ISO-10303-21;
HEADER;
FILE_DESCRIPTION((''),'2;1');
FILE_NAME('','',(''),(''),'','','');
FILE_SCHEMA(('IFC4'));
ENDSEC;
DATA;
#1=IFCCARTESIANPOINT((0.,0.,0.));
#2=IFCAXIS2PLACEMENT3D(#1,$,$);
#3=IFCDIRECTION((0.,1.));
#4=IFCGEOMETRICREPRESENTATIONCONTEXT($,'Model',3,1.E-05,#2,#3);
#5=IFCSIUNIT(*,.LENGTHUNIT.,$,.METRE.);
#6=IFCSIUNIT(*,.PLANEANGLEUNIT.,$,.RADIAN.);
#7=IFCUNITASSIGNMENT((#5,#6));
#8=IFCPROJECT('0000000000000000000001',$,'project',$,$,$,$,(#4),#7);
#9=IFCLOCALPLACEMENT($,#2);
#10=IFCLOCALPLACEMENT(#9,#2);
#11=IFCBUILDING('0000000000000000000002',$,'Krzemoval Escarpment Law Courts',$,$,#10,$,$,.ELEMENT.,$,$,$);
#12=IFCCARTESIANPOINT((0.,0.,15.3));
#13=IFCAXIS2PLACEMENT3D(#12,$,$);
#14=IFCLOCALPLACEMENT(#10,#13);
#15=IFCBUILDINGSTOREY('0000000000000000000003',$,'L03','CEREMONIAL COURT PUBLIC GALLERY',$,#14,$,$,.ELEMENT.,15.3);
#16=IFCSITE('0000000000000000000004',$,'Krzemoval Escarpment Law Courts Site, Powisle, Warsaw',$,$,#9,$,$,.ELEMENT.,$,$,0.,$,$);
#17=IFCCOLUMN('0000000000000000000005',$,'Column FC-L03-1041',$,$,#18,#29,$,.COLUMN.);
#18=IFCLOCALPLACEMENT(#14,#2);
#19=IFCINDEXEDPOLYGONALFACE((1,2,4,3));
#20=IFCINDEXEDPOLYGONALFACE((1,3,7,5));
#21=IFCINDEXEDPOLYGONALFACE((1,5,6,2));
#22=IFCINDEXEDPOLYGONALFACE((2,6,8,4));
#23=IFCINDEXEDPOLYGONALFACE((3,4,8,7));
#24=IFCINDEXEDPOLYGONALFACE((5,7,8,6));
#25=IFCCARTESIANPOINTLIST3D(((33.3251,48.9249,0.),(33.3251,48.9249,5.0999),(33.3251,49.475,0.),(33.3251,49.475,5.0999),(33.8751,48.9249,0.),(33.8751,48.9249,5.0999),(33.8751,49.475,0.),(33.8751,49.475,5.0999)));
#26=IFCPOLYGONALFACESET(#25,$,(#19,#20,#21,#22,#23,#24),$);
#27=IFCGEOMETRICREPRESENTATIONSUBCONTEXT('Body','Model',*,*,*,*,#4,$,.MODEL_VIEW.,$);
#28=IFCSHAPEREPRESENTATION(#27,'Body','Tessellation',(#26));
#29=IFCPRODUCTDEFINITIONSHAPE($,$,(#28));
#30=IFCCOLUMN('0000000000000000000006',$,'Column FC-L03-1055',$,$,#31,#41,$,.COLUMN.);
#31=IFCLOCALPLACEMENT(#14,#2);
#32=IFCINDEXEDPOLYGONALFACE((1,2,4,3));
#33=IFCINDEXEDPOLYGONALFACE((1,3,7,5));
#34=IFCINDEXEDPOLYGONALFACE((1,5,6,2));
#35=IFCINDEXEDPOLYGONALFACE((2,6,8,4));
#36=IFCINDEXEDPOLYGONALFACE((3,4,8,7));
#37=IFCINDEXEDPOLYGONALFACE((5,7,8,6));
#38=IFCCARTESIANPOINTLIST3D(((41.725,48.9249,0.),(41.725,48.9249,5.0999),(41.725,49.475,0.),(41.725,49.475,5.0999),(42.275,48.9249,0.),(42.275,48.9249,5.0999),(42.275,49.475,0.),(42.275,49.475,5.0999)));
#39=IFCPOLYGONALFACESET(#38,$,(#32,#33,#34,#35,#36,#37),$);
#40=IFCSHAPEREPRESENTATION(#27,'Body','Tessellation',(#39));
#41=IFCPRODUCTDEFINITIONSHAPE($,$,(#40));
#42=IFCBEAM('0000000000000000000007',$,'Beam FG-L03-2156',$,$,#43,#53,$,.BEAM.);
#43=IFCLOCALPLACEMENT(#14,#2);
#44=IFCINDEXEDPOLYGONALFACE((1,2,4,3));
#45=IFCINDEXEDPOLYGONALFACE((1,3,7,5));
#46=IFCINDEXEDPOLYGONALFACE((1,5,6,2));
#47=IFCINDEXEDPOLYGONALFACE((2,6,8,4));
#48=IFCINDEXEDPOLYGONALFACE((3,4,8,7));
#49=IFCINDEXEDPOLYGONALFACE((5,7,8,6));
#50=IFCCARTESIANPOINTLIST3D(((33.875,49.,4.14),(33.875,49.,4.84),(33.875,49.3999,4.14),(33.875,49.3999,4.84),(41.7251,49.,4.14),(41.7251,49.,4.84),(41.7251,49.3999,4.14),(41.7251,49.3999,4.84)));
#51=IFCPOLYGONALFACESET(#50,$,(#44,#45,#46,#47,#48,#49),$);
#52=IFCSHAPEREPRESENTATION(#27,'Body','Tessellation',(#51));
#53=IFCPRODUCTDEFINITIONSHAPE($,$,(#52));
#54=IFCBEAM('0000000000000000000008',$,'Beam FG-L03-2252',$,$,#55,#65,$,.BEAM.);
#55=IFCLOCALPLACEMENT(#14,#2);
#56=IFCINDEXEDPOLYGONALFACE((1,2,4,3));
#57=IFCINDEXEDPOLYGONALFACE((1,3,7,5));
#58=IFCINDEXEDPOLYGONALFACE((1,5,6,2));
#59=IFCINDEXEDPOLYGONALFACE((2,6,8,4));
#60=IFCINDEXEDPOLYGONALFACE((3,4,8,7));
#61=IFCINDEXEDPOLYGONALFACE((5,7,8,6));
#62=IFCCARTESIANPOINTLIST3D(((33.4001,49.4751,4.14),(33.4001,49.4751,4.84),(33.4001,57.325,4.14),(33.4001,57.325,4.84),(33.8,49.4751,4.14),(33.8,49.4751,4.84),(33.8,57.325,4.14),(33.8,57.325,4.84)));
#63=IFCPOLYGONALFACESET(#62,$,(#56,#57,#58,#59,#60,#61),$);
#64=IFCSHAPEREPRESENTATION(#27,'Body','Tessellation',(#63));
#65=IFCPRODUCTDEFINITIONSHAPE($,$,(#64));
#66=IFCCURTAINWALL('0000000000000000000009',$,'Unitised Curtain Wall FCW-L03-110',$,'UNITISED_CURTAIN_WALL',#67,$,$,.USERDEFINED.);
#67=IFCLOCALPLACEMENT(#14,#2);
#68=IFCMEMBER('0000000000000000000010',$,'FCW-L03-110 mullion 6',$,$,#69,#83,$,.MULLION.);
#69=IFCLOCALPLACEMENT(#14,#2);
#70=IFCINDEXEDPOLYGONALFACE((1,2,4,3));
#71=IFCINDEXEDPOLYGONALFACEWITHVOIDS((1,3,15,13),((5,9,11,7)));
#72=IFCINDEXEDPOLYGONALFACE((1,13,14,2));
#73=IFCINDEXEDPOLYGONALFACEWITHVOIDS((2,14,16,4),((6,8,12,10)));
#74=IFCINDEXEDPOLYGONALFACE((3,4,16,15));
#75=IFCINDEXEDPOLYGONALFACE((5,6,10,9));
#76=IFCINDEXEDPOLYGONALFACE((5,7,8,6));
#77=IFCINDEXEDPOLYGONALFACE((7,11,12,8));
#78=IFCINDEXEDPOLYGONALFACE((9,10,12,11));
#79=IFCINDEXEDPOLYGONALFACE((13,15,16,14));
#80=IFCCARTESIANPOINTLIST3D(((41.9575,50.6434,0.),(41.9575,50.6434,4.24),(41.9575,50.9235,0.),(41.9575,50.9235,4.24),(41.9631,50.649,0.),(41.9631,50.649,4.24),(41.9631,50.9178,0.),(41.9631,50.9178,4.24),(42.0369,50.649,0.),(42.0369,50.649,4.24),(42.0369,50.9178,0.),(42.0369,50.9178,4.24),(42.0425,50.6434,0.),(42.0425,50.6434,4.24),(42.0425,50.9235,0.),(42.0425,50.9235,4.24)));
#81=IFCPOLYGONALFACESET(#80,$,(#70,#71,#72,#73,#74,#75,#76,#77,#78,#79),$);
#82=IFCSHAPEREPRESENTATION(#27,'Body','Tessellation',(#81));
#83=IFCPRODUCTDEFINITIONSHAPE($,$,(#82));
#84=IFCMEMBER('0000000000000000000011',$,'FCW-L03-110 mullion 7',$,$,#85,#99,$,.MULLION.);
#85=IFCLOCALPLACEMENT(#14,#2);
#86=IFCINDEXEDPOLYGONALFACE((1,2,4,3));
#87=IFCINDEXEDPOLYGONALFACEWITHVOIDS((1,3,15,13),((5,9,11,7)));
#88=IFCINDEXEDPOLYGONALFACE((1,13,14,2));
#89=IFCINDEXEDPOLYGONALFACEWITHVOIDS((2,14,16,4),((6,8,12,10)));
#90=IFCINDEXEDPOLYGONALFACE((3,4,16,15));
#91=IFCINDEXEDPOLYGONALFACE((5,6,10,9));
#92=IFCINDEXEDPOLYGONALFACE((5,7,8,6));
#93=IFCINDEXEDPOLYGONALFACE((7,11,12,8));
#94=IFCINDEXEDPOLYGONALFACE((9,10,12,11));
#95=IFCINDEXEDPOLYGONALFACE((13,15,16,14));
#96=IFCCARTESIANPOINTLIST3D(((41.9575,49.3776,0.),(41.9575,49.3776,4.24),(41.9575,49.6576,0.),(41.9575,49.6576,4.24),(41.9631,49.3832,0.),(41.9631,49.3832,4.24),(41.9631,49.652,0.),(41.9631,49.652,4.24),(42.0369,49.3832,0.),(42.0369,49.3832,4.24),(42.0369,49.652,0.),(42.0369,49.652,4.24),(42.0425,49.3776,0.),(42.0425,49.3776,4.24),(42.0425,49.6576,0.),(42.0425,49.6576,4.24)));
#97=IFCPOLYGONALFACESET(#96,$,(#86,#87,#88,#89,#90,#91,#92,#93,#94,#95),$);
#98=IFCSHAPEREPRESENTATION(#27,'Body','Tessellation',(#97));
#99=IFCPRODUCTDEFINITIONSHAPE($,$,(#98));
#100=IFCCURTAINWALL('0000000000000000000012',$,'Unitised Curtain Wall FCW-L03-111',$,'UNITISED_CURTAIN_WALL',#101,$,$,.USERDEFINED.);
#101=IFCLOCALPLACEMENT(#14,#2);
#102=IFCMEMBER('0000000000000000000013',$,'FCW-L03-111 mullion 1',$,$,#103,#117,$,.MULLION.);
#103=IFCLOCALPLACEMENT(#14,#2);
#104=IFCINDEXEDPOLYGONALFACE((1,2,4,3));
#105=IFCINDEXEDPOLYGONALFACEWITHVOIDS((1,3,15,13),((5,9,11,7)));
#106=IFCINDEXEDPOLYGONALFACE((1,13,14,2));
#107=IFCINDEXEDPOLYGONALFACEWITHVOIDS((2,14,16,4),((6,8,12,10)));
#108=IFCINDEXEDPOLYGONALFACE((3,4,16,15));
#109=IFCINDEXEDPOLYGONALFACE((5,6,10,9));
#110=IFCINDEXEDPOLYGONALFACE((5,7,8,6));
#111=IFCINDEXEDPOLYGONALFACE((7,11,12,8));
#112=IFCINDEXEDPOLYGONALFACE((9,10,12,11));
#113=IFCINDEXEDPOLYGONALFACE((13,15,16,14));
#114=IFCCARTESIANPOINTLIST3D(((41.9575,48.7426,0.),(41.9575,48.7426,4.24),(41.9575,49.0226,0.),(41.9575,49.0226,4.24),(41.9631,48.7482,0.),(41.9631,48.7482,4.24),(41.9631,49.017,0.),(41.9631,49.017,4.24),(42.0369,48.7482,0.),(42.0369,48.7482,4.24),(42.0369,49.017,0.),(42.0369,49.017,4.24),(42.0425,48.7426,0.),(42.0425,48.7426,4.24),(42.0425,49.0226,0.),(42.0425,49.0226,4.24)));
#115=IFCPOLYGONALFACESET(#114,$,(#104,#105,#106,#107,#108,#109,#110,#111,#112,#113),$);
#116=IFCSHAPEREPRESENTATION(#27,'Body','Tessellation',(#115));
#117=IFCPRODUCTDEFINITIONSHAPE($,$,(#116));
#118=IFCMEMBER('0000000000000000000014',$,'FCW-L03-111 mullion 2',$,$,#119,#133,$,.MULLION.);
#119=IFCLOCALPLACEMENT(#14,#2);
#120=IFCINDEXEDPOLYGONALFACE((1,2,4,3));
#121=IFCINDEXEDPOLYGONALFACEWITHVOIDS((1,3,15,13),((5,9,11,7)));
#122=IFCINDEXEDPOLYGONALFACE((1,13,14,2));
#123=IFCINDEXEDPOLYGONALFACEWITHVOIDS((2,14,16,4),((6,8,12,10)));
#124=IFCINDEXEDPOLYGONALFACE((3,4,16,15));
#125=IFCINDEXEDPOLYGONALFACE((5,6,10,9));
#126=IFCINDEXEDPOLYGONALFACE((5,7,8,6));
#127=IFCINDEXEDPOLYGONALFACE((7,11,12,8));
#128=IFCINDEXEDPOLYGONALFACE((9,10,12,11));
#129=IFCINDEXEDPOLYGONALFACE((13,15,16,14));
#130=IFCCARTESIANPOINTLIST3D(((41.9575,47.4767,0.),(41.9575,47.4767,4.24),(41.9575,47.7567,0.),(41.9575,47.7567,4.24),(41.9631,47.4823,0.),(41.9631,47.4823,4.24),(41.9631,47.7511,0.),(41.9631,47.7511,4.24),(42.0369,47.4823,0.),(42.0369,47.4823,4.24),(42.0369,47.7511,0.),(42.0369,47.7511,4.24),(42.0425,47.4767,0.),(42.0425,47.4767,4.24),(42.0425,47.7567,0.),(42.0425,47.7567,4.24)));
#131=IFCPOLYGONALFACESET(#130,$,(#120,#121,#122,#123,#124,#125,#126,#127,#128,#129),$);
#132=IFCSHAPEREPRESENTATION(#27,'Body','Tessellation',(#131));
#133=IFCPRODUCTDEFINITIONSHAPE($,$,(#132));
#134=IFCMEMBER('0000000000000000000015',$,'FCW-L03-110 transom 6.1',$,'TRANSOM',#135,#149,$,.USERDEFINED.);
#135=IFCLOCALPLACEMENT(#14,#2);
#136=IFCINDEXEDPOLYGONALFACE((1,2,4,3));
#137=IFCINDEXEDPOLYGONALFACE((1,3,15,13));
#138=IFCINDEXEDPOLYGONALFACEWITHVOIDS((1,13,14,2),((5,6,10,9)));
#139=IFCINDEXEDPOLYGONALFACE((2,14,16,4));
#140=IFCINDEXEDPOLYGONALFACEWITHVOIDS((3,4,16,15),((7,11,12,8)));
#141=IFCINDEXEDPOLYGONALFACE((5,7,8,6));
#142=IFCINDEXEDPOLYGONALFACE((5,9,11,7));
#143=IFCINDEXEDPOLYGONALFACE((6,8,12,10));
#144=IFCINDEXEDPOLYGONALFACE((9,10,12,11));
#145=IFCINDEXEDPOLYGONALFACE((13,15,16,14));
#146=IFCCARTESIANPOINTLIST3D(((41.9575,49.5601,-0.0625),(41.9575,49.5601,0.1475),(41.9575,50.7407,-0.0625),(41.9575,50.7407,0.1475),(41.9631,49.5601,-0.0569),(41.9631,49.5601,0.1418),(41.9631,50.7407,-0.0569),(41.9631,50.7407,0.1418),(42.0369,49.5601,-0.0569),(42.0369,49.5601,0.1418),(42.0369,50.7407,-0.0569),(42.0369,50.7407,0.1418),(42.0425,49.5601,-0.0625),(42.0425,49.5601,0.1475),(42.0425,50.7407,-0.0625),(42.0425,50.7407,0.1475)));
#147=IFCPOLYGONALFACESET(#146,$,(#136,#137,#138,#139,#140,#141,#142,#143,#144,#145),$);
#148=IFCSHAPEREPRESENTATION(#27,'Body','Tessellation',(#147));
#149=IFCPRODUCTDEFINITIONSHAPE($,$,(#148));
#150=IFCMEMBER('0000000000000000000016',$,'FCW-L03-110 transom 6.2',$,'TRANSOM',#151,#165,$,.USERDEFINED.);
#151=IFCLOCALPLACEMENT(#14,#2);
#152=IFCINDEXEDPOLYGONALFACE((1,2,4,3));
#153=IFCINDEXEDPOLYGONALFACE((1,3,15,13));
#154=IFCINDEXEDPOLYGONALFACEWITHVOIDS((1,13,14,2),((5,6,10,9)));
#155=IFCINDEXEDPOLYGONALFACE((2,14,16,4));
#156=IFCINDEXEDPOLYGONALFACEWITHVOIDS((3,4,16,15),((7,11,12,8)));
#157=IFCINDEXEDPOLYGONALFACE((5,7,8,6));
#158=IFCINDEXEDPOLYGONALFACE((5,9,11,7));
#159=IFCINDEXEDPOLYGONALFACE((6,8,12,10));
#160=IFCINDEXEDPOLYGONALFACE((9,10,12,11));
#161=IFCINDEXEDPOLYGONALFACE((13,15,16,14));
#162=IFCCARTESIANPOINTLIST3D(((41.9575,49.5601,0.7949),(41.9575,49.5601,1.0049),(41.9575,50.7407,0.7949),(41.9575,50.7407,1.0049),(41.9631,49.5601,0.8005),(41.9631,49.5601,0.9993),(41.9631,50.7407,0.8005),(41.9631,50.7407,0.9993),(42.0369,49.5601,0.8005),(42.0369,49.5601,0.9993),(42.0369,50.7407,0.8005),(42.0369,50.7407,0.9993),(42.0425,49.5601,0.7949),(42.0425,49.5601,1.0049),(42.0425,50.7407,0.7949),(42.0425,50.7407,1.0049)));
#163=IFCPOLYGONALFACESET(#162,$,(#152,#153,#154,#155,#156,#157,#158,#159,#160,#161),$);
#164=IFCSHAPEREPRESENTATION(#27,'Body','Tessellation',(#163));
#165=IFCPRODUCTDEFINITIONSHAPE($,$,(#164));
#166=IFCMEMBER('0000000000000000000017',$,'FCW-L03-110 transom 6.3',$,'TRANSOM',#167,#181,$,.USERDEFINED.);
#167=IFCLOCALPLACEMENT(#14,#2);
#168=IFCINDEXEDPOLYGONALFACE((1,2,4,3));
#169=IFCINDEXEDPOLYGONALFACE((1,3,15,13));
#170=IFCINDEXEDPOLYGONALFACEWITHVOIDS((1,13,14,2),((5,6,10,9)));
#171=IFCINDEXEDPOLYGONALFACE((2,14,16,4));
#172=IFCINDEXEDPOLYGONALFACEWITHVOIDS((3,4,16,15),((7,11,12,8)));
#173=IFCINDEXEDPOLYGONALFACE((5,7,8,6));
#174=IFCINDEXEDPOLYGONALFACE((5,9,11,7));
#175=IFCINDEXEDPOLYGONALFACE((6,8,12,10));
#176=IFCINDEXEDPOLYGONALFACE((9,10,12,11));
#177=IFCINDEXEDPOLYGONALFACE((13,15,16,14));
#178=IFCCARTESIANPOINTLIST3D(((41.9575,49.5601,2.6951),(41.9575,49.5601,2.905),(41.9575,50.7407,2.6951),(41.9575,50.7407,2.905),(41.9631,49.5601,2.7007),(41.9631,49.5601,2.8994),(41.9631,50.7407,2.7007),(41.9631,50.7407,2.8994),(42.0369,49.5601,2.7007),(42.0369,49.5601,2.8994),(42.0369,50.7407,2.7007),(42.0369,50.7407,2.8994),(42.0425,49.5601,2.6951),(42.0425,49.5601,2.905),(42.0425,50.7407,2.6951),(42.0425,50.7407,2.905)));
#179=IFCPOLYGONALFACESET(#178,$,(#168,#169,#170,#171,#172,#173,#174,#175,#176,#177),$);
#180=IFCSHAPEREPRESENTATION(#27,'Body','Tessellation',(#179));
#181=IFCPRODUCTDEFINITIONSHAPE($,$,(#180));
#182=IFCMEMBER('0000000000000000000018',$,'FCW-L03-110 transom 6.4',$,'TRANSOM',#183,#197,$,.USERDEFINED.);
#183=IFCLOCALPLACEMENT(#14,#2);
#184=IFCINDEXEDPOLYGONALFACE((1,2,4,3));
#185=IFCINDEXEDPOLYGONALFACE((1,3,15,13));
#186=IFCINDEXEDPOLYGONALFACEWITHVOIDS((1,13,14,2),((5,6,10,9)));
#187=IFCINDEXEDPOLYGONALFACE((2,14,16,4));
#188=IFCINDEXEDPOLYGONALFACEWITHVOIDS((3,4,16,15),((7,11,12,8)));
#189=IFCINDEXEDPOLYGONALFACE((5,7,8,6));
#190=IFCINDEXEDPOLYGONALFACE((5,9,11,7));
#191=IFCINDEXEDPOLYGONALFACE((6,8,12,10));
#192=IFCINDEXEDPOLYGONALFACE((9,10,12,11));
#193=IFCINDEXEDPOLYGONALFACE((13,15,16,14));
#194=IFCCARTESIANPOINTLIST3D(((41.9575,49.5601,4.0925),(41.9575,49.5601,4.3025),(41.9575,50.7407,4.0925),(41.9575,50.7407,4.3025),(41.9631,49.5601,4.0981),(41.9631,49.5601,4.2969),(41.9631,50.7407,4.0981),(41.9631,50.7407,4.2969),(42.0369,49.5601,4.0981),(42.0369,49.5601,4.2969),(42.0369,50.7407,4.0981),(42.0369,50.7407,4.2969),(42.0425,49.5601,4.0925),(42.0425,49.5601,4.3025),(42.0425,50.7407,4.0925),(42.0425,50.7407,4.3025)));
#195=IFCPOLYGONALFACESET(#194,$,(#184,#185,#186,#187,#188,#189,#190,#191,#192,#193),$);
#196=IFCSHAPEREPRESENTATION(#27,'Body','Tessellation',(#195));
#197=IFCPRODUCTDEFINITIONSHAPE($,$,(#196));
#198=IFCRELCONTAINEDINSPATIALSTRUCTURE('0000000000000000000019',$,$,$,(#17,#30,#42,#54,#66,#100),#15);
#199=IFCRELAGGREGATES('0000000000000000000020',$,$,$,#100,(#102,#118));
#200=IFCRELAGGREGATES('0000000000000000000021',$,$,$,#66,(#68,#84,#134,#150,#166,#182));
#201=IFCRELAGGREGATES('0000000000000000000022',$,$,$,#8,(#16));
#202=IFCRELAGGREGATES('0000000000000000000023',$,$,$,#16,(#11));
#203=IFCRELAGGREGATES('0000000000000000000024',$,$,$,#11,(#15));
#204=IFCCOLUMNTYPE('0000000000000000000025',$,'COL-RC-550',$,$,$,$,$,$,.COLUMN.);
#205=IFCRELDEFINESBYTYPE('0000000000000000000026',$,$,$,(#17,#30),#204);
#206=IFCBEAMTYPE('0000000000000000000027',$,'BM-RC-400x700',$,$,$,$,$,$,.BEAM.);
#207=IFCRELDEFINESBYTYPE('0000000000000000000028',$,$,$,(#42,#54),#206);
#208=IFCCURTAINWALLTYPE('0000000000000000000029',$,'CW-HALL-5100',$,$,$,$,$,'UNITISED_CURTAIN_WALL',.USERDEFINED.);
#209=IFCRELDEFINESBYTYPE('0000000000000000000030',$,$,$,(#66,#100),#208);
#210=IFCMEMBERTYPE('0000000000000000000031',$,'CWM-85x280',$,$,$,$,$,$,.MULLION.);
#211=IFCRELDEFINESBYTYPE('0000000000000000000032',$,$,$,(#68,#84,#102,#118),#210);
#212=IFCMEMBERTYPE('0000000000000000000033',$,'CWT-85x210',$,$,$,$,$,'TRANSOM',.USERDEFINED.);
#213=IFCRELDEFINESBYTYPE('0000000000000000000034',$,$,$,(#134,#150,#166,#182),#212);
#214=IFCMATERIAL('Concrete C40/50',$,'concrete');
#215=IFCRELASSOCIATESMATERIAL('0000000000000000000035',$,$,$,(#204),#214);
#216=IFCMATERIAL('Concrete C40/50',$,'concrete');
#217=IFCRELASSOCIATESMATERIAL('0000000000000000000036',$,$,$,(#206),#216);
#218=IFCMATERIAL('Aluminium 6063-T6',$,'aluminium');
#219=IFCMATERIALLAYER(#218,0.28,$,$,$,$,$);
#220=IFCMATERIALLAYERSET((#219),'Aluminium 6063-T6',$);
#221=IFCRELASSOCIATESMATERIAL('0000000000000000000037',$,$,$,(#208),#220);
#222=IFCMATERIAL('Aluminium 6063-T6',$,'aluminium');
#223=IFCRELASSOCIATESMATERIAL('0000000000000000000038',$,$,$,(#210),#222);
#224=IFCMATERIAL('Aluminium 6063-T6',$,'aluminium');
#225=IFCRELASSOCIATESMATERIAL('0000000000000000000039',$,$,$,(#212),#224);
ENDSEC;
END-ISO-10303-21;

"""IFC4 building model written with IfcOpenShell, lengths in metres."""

from ifc_helpers import new_model, si_unit, direction, frame, origin, origin_2d, place, context, subcontext, project, spatial, rectangle, hollow_rectangle, extrude, material, layer, layer_set, material_profile, profile_set, type_object, element, aggregate, save


model = new_model("IFC4")

# Units and contexts
model_context = context("Model", 3, precision=1e-05, world=origin(), true_north=direction((0.0, 1.0)))
body_context = subcontext(model_context, "Body", "Model", "MODEL_VIEW")
ifc_project = project(units=[si_unit("LENGTHUNIT", "METRE"), si_unit("PLANEANGLEUNIT", "RADIAN")], contexts=[model_context])

# Site, building, storey
site_placement = place(None, origin())
site = spatial("IfcSite", under=ifc_project, at=site_placement, Name="Krzemoval Escarpment Law Courts Site, Powisle, Warsaw", CompositionType="ELEMENT", RefElevation=0.0)
building_placement = place(site_placement, origin())
building = spatial("IfcBuilding", under=site, at=building_placement, Name="Krzemoval Escarpment Law Courts", CompositionType="ELEMENT")
storey_placement = place(building_placement, frame((0.0, 0.0, 15.3)))
storey = spatial("IfcBuildingStorey", under=building, at=storey_placement, Name="L03", Description="CEREMONIAL COURT PUBLIC GALLERY", CompositionType="ELEMENT", Elevation=15.3)

# Columns
ifc_material_1 = material(Name="Concrete C40/50", Category="concrete")
ifc_material_profile_1 = material_profile(ifc_material_1, rectangle(XDim=0.55, YDim=0.55, at=origin_2d()), Name="RC 550x550")
ifc_profile_set_1 = profile_set([ifc_material_profile_1], Name="Concrete C40/50")
column_type = type_object("IfcColumnType", Name="COL-RC-550", PredefinedType="COLUMN", material=ifc_profile_set_1)
for number, where, z_axis, x_axis, name in (
    (1, (33.6001, 49.2, 0.0), (0.0, 0.0, 1.0), (1.0, 0.0, 0.0), "Column FC-L03-1041"),
    (2, (42.0, 49.2, 0.0), (0.0, 0.0, 1.0), (1.0, 0.0, 0.0), "Column FC-L03-1055"),
):
    element("IfcColumn", number, at=place(storey_placement, frame(where, z_axis=z_axis, x_axis=x_axis)), inside=storey, type_object=column_type, Name=name, PredefinedType="COLUMN", context=body_context, shape_type="SweptSolid", body=[
        extrude(rectangle(XDim=0.55, YDim=0.55, at=origin_2d()), origin(), (0.0, 0.0, 1.0), 5.0999),
    ])

# Beams
ifc_material_2 = material(Name="Concrete C40/50", Category="concrete")
ifc_material_profile_2 = material_profile(ifc_material_2, rectangle(XDim=0.3999, YDim=0.7, at=origin_2d()), Name="RCB 400x700")
ifc_profile_set_2 = profile_set([ifc_material_profile_2], Name="Concrete C40/50")
beam_type_1 = type_object("IfcBeamType", Name="BM-RC-400x700", PredefinedType="BEAM", material=ifc_profile_set_2)
beam_1_placement = place(storey_placement, frame((33.875, 49.2, 4.49), z_axis=(1.0, 0.0, 0.0), x_axis=(0.0, 1.0, 0.0)))
element("IfcBeam", 3, at=beam_1_placement, inside=storey, type_object=beam_type_1, Name="Beam FG-L03-2156", PredefinedType="BEAM", context=body_context, shape_type="SweptSolid", body=[
    extrude(rectangle(XDim=0.3999, YDim=0.7, at=origin_2d()), origin(), (0.0, 0.0, 1.0), 7.8501),
])
beam_2_placement = place(storey_placement, frame((33.6001, 49.4751, 4.49), z_axis=(0.0, 1.0, 0.0), x_axis=(-1.0, 0.0, 0.0)))
element("IfcBeam", 4, at=beam_2_placement, inside=storey, type_object=beam_type_1, Name="Beam FG-L03-2252", PredefinedType="BEAM", context=body_context, shape_type="SweptSolid", body=[
    extrude(rectangle(XDim=0.3999, YDim=0.7, at=origin_2d()), origin(), (0.0, 0.0, 1.0), 7.8499),
])

# Curtain walls, members
ifc_material_3 = material(Name="Aluminium 6063-T6", Category="aluminium")
ifc_layer_1 = layer(ifc_material_3, 0.28)
ifc_layer_set_1 = layer_set([ifc_layer_1], Name="Aluminium 6063-T6")
curtain_wall_type = type_object("IfcCurtainWallType", Name="CW-HALL-5100", ElementType="UNITISED_CURTAIN_WALL", PredefinedType="USERDEFINED", material=ifc_layer_set_1)
curtain_wall_1_placement = place(storey_placement, origin())
curtain_wall_1 = element("IfcCurtainWall", 5, at=curtain_wall_1_placement, inside=storey, type_object=curtain_wall_type, Name="Unitised Curtain Wall FCW-L03-110", ObjectType="UNITISED_CURTAIN_WALL", PredefinedType="USERDEFINED")
ifc_material_4 = material(Name="Aluminium 6063-T6", Category="aluminium")
ifc_material_profile_3 = material_profile(ifc_material_4, hollow_rectangle(XDim=0.085, YDim=0.28, WallThickness=0.0056, at=origin_2d()), Name="ALU M85x280")
ifc_profile_set_3 = profile_set([ifc_material_profile_3], Name="Aluminium 6063-T6")
member_type_1 = type_object("IfcMemberType", Name="CWM-85x280", PredefinedType="MULLION", material=ifc_profile_set_3)
member_1_placement = place(storey_placement, frame((42.0, 50.7834, 0.0), z_axis=(0.0, 0.0, 1.0), x_axis=(1.0, 0.0, 0.0)))
member_1 = element("IfcMember", 6, at=member_1_placement, type_object=member_type_1, Name="FCW-L03-110 mullion 6", PredefinedType="MULLION", context=body_context, shape_type="SweptSolid", body=[
    extrude(hollow_rectangle(XDim=0.085, YDim=0.28, WallThickness=0.0056, at=origin_2d()), origin(), (0.0, 0.0, 1.0), 4.24),
])
member_2_placement = place(storey_placement, frame((42.0, 49.5176, 0.0), z_axis=(0.0, 0.0, 1.0), x_axis=(1.0, 0.0, 0.0)))
member_2 = element("IfcMember", 7, at=member_2_placement, type_object=member_type_1, Name="FCW-L03-110 mullion 7", PredefinedType="MULLION", context=body_context, shape_type="SweptSolid", body=[
    extrude(hollow_rectangle(XDim=0.085, YDim=0.28, WallThickness=0.0056, at=origin_2d()), origin(), (0.0, 0.0, 1.0), 4.24),
])
curtain_wall_2_placement = place(storey_placement, origin())
curtain_wall_2 = element("IfcCurtainWall", 8, at=curtain_wall_2_placement, inside=storey, type_object=curtain_wall_type, Name="Unitised Curtain Wall FCW-L03-111", ObjectType="UNITISED_CURTAIN_WALL", PredefinedType="USERDEFINED")
member_3_placement = place(storey_placement, frame((42.0, 48.8826, 0.0), z_axis=(0.0, 0.0, 1.0), x_axis=(1.0, 0.0, 0.0)))
member_3 = element("IfcMember", 9, at=member_3_placement, type_object=member_type_1, Name="FCW-L03-111 mullion 1", PredefinedType="MULLION", context=body_context, shape_type="SweptSolid", body=[
    extrude(hollow_rectangle(XDim=0.085, YDim=0.28, WallThickness=0.0056, at=origin_2d()), origin(), (0.0, 0.0, 1.0), 4.24),
])
member_4_placement = place(storey_placement, frame((42.0, 47.6167, 0.0), z_axis=(0.0, 0.0, 1.0), x_axis=(1.0, 0.0, 0.0)))
member_4 = element("IfcMember", 10, at=member_4_placement, type_object=member_type_1, Name="FCW-L03-111 mullion 2", PredefinedType="MULLION", context=body_context, shape_type="SweptSolid", body=[
    extrude(hollow_rectangle(XDim=0.085, YDim=0.28, WallThickness=0.0056, at=origin_2d()), origin(), (0.0, 0.0, 1.0), 4.24),
])
aggregate(curtain_wall_2, [member_3, member_4])

# Members
ifc_material_5 = material(Name="Aluminium 6063-T6", Category="aluminium")
ifc_material_profile_4 = material_profile(ifc_material_5, hollow_rectangle(XDim=0.085, YDim=0.21, WallThickness=0.0056, at=origin_2d()), Name="ALU T85x210")
ifc_profile_set_4 = profile_set([ifc_material_profile_4], Name="Aluminium 6063-T6")
member_type_2 = type_object("IfcMemberType", Name="CWT-85x210", ElementType="TRANSOM", PredefinedType="USERDEFINED", material=ifc_profile_set_4)
member_5_placement = place(storey_placement, frame((42.0, 50.7407, 0.0425), z_axis=(0.0, -1.0, 0.0), x_axis=(1.0, 0.0, 0.0)))
member_5 = element("IfcMember", 11, at=member_5_placement, type_object=member_type_2, Name="FCW-L03-110 transom 6.1", ObjectType="TRANSOM", PredefinedType="USERDEFINED", context=body_context, shape_type="SweptSolid", body=[
    extrude(hollow_rectangle(XDim=0.085, YDim=0.21, WallThickness=0.0056, at=origin_2d()), origin(), (0.0, 0.0, 1.0), 1.1807),
])
member_6_placement = place(storey_placement, frame((42.0, 50.7407, 0.8999), z_axis=(0.0, -1.0, 0.0), x_axis=(1.0, 0.0, 0.0)))
member_6 = element("IfcMember", 12, at=member_6_placement, type_object=member_type_2, Name="FCW-L03-110 transom 6.2", ObjectType="TRANSOM", PredefinedType="USERDEFINED", context=body_context, shape_type="SweptSolid", body=[
    extrude(hollow_rectangle(XDim=0.085, YDim=0.21, WallThickness=0.0056, at=origin_2d()), origin(), (0.0, 0.0, 1.0), 1.1807),
])
member_7_placement = place(storey_placement, frame((42.0, 50.7407, 2.8), z_axis=(0.0, -1.0, 0.0), x_axis=(1.0, 0.0, 0.0)))
member_7 = element("IfcMember", 13, at=member_7_placement, type_object=member_type_2, Name="FCW-L03-110 transom 6.3", ObjectType="TRANSOM", PredefinedType="USERDEFINED", context=body_context, shape_type="SweptSolid", body=[
    extrude(hollow_rectangle(XDim=0.085, YDim=0.21, WallThickness=0.0056, at=origin_2d()), origin(), (0.0, 0.0, 1.0), 1.1807),
])
member_8_placement = place(storey_placement, frame((42.0, 50.7407, 4.1975), z_axis=(0.0, -1.0, 0.0), x_axis=(1.0, 0.0, 0.0)))
member_8 = element("IfcMember", 14, at=member_8_placement, type_object=member_type_2, Name="FCW-L03-110 transom 6.4", ObjectType="TRANSOM", PredefinedType="USERDEFINED", context=body_context, shape_type="SweptSolid", body=[
    extrude(hollow_rectangle(XDim=0.085, YDim=0.21, WallThickness=0.0056, at=origin_2d()), origin(), (0.0, 0.0, 1.0), 1.1807),
])

aggregate(curtain_wall_1, [member_1, member_2, member_5, member_6, member_7, member_8])

save(model, "model.ifc")
